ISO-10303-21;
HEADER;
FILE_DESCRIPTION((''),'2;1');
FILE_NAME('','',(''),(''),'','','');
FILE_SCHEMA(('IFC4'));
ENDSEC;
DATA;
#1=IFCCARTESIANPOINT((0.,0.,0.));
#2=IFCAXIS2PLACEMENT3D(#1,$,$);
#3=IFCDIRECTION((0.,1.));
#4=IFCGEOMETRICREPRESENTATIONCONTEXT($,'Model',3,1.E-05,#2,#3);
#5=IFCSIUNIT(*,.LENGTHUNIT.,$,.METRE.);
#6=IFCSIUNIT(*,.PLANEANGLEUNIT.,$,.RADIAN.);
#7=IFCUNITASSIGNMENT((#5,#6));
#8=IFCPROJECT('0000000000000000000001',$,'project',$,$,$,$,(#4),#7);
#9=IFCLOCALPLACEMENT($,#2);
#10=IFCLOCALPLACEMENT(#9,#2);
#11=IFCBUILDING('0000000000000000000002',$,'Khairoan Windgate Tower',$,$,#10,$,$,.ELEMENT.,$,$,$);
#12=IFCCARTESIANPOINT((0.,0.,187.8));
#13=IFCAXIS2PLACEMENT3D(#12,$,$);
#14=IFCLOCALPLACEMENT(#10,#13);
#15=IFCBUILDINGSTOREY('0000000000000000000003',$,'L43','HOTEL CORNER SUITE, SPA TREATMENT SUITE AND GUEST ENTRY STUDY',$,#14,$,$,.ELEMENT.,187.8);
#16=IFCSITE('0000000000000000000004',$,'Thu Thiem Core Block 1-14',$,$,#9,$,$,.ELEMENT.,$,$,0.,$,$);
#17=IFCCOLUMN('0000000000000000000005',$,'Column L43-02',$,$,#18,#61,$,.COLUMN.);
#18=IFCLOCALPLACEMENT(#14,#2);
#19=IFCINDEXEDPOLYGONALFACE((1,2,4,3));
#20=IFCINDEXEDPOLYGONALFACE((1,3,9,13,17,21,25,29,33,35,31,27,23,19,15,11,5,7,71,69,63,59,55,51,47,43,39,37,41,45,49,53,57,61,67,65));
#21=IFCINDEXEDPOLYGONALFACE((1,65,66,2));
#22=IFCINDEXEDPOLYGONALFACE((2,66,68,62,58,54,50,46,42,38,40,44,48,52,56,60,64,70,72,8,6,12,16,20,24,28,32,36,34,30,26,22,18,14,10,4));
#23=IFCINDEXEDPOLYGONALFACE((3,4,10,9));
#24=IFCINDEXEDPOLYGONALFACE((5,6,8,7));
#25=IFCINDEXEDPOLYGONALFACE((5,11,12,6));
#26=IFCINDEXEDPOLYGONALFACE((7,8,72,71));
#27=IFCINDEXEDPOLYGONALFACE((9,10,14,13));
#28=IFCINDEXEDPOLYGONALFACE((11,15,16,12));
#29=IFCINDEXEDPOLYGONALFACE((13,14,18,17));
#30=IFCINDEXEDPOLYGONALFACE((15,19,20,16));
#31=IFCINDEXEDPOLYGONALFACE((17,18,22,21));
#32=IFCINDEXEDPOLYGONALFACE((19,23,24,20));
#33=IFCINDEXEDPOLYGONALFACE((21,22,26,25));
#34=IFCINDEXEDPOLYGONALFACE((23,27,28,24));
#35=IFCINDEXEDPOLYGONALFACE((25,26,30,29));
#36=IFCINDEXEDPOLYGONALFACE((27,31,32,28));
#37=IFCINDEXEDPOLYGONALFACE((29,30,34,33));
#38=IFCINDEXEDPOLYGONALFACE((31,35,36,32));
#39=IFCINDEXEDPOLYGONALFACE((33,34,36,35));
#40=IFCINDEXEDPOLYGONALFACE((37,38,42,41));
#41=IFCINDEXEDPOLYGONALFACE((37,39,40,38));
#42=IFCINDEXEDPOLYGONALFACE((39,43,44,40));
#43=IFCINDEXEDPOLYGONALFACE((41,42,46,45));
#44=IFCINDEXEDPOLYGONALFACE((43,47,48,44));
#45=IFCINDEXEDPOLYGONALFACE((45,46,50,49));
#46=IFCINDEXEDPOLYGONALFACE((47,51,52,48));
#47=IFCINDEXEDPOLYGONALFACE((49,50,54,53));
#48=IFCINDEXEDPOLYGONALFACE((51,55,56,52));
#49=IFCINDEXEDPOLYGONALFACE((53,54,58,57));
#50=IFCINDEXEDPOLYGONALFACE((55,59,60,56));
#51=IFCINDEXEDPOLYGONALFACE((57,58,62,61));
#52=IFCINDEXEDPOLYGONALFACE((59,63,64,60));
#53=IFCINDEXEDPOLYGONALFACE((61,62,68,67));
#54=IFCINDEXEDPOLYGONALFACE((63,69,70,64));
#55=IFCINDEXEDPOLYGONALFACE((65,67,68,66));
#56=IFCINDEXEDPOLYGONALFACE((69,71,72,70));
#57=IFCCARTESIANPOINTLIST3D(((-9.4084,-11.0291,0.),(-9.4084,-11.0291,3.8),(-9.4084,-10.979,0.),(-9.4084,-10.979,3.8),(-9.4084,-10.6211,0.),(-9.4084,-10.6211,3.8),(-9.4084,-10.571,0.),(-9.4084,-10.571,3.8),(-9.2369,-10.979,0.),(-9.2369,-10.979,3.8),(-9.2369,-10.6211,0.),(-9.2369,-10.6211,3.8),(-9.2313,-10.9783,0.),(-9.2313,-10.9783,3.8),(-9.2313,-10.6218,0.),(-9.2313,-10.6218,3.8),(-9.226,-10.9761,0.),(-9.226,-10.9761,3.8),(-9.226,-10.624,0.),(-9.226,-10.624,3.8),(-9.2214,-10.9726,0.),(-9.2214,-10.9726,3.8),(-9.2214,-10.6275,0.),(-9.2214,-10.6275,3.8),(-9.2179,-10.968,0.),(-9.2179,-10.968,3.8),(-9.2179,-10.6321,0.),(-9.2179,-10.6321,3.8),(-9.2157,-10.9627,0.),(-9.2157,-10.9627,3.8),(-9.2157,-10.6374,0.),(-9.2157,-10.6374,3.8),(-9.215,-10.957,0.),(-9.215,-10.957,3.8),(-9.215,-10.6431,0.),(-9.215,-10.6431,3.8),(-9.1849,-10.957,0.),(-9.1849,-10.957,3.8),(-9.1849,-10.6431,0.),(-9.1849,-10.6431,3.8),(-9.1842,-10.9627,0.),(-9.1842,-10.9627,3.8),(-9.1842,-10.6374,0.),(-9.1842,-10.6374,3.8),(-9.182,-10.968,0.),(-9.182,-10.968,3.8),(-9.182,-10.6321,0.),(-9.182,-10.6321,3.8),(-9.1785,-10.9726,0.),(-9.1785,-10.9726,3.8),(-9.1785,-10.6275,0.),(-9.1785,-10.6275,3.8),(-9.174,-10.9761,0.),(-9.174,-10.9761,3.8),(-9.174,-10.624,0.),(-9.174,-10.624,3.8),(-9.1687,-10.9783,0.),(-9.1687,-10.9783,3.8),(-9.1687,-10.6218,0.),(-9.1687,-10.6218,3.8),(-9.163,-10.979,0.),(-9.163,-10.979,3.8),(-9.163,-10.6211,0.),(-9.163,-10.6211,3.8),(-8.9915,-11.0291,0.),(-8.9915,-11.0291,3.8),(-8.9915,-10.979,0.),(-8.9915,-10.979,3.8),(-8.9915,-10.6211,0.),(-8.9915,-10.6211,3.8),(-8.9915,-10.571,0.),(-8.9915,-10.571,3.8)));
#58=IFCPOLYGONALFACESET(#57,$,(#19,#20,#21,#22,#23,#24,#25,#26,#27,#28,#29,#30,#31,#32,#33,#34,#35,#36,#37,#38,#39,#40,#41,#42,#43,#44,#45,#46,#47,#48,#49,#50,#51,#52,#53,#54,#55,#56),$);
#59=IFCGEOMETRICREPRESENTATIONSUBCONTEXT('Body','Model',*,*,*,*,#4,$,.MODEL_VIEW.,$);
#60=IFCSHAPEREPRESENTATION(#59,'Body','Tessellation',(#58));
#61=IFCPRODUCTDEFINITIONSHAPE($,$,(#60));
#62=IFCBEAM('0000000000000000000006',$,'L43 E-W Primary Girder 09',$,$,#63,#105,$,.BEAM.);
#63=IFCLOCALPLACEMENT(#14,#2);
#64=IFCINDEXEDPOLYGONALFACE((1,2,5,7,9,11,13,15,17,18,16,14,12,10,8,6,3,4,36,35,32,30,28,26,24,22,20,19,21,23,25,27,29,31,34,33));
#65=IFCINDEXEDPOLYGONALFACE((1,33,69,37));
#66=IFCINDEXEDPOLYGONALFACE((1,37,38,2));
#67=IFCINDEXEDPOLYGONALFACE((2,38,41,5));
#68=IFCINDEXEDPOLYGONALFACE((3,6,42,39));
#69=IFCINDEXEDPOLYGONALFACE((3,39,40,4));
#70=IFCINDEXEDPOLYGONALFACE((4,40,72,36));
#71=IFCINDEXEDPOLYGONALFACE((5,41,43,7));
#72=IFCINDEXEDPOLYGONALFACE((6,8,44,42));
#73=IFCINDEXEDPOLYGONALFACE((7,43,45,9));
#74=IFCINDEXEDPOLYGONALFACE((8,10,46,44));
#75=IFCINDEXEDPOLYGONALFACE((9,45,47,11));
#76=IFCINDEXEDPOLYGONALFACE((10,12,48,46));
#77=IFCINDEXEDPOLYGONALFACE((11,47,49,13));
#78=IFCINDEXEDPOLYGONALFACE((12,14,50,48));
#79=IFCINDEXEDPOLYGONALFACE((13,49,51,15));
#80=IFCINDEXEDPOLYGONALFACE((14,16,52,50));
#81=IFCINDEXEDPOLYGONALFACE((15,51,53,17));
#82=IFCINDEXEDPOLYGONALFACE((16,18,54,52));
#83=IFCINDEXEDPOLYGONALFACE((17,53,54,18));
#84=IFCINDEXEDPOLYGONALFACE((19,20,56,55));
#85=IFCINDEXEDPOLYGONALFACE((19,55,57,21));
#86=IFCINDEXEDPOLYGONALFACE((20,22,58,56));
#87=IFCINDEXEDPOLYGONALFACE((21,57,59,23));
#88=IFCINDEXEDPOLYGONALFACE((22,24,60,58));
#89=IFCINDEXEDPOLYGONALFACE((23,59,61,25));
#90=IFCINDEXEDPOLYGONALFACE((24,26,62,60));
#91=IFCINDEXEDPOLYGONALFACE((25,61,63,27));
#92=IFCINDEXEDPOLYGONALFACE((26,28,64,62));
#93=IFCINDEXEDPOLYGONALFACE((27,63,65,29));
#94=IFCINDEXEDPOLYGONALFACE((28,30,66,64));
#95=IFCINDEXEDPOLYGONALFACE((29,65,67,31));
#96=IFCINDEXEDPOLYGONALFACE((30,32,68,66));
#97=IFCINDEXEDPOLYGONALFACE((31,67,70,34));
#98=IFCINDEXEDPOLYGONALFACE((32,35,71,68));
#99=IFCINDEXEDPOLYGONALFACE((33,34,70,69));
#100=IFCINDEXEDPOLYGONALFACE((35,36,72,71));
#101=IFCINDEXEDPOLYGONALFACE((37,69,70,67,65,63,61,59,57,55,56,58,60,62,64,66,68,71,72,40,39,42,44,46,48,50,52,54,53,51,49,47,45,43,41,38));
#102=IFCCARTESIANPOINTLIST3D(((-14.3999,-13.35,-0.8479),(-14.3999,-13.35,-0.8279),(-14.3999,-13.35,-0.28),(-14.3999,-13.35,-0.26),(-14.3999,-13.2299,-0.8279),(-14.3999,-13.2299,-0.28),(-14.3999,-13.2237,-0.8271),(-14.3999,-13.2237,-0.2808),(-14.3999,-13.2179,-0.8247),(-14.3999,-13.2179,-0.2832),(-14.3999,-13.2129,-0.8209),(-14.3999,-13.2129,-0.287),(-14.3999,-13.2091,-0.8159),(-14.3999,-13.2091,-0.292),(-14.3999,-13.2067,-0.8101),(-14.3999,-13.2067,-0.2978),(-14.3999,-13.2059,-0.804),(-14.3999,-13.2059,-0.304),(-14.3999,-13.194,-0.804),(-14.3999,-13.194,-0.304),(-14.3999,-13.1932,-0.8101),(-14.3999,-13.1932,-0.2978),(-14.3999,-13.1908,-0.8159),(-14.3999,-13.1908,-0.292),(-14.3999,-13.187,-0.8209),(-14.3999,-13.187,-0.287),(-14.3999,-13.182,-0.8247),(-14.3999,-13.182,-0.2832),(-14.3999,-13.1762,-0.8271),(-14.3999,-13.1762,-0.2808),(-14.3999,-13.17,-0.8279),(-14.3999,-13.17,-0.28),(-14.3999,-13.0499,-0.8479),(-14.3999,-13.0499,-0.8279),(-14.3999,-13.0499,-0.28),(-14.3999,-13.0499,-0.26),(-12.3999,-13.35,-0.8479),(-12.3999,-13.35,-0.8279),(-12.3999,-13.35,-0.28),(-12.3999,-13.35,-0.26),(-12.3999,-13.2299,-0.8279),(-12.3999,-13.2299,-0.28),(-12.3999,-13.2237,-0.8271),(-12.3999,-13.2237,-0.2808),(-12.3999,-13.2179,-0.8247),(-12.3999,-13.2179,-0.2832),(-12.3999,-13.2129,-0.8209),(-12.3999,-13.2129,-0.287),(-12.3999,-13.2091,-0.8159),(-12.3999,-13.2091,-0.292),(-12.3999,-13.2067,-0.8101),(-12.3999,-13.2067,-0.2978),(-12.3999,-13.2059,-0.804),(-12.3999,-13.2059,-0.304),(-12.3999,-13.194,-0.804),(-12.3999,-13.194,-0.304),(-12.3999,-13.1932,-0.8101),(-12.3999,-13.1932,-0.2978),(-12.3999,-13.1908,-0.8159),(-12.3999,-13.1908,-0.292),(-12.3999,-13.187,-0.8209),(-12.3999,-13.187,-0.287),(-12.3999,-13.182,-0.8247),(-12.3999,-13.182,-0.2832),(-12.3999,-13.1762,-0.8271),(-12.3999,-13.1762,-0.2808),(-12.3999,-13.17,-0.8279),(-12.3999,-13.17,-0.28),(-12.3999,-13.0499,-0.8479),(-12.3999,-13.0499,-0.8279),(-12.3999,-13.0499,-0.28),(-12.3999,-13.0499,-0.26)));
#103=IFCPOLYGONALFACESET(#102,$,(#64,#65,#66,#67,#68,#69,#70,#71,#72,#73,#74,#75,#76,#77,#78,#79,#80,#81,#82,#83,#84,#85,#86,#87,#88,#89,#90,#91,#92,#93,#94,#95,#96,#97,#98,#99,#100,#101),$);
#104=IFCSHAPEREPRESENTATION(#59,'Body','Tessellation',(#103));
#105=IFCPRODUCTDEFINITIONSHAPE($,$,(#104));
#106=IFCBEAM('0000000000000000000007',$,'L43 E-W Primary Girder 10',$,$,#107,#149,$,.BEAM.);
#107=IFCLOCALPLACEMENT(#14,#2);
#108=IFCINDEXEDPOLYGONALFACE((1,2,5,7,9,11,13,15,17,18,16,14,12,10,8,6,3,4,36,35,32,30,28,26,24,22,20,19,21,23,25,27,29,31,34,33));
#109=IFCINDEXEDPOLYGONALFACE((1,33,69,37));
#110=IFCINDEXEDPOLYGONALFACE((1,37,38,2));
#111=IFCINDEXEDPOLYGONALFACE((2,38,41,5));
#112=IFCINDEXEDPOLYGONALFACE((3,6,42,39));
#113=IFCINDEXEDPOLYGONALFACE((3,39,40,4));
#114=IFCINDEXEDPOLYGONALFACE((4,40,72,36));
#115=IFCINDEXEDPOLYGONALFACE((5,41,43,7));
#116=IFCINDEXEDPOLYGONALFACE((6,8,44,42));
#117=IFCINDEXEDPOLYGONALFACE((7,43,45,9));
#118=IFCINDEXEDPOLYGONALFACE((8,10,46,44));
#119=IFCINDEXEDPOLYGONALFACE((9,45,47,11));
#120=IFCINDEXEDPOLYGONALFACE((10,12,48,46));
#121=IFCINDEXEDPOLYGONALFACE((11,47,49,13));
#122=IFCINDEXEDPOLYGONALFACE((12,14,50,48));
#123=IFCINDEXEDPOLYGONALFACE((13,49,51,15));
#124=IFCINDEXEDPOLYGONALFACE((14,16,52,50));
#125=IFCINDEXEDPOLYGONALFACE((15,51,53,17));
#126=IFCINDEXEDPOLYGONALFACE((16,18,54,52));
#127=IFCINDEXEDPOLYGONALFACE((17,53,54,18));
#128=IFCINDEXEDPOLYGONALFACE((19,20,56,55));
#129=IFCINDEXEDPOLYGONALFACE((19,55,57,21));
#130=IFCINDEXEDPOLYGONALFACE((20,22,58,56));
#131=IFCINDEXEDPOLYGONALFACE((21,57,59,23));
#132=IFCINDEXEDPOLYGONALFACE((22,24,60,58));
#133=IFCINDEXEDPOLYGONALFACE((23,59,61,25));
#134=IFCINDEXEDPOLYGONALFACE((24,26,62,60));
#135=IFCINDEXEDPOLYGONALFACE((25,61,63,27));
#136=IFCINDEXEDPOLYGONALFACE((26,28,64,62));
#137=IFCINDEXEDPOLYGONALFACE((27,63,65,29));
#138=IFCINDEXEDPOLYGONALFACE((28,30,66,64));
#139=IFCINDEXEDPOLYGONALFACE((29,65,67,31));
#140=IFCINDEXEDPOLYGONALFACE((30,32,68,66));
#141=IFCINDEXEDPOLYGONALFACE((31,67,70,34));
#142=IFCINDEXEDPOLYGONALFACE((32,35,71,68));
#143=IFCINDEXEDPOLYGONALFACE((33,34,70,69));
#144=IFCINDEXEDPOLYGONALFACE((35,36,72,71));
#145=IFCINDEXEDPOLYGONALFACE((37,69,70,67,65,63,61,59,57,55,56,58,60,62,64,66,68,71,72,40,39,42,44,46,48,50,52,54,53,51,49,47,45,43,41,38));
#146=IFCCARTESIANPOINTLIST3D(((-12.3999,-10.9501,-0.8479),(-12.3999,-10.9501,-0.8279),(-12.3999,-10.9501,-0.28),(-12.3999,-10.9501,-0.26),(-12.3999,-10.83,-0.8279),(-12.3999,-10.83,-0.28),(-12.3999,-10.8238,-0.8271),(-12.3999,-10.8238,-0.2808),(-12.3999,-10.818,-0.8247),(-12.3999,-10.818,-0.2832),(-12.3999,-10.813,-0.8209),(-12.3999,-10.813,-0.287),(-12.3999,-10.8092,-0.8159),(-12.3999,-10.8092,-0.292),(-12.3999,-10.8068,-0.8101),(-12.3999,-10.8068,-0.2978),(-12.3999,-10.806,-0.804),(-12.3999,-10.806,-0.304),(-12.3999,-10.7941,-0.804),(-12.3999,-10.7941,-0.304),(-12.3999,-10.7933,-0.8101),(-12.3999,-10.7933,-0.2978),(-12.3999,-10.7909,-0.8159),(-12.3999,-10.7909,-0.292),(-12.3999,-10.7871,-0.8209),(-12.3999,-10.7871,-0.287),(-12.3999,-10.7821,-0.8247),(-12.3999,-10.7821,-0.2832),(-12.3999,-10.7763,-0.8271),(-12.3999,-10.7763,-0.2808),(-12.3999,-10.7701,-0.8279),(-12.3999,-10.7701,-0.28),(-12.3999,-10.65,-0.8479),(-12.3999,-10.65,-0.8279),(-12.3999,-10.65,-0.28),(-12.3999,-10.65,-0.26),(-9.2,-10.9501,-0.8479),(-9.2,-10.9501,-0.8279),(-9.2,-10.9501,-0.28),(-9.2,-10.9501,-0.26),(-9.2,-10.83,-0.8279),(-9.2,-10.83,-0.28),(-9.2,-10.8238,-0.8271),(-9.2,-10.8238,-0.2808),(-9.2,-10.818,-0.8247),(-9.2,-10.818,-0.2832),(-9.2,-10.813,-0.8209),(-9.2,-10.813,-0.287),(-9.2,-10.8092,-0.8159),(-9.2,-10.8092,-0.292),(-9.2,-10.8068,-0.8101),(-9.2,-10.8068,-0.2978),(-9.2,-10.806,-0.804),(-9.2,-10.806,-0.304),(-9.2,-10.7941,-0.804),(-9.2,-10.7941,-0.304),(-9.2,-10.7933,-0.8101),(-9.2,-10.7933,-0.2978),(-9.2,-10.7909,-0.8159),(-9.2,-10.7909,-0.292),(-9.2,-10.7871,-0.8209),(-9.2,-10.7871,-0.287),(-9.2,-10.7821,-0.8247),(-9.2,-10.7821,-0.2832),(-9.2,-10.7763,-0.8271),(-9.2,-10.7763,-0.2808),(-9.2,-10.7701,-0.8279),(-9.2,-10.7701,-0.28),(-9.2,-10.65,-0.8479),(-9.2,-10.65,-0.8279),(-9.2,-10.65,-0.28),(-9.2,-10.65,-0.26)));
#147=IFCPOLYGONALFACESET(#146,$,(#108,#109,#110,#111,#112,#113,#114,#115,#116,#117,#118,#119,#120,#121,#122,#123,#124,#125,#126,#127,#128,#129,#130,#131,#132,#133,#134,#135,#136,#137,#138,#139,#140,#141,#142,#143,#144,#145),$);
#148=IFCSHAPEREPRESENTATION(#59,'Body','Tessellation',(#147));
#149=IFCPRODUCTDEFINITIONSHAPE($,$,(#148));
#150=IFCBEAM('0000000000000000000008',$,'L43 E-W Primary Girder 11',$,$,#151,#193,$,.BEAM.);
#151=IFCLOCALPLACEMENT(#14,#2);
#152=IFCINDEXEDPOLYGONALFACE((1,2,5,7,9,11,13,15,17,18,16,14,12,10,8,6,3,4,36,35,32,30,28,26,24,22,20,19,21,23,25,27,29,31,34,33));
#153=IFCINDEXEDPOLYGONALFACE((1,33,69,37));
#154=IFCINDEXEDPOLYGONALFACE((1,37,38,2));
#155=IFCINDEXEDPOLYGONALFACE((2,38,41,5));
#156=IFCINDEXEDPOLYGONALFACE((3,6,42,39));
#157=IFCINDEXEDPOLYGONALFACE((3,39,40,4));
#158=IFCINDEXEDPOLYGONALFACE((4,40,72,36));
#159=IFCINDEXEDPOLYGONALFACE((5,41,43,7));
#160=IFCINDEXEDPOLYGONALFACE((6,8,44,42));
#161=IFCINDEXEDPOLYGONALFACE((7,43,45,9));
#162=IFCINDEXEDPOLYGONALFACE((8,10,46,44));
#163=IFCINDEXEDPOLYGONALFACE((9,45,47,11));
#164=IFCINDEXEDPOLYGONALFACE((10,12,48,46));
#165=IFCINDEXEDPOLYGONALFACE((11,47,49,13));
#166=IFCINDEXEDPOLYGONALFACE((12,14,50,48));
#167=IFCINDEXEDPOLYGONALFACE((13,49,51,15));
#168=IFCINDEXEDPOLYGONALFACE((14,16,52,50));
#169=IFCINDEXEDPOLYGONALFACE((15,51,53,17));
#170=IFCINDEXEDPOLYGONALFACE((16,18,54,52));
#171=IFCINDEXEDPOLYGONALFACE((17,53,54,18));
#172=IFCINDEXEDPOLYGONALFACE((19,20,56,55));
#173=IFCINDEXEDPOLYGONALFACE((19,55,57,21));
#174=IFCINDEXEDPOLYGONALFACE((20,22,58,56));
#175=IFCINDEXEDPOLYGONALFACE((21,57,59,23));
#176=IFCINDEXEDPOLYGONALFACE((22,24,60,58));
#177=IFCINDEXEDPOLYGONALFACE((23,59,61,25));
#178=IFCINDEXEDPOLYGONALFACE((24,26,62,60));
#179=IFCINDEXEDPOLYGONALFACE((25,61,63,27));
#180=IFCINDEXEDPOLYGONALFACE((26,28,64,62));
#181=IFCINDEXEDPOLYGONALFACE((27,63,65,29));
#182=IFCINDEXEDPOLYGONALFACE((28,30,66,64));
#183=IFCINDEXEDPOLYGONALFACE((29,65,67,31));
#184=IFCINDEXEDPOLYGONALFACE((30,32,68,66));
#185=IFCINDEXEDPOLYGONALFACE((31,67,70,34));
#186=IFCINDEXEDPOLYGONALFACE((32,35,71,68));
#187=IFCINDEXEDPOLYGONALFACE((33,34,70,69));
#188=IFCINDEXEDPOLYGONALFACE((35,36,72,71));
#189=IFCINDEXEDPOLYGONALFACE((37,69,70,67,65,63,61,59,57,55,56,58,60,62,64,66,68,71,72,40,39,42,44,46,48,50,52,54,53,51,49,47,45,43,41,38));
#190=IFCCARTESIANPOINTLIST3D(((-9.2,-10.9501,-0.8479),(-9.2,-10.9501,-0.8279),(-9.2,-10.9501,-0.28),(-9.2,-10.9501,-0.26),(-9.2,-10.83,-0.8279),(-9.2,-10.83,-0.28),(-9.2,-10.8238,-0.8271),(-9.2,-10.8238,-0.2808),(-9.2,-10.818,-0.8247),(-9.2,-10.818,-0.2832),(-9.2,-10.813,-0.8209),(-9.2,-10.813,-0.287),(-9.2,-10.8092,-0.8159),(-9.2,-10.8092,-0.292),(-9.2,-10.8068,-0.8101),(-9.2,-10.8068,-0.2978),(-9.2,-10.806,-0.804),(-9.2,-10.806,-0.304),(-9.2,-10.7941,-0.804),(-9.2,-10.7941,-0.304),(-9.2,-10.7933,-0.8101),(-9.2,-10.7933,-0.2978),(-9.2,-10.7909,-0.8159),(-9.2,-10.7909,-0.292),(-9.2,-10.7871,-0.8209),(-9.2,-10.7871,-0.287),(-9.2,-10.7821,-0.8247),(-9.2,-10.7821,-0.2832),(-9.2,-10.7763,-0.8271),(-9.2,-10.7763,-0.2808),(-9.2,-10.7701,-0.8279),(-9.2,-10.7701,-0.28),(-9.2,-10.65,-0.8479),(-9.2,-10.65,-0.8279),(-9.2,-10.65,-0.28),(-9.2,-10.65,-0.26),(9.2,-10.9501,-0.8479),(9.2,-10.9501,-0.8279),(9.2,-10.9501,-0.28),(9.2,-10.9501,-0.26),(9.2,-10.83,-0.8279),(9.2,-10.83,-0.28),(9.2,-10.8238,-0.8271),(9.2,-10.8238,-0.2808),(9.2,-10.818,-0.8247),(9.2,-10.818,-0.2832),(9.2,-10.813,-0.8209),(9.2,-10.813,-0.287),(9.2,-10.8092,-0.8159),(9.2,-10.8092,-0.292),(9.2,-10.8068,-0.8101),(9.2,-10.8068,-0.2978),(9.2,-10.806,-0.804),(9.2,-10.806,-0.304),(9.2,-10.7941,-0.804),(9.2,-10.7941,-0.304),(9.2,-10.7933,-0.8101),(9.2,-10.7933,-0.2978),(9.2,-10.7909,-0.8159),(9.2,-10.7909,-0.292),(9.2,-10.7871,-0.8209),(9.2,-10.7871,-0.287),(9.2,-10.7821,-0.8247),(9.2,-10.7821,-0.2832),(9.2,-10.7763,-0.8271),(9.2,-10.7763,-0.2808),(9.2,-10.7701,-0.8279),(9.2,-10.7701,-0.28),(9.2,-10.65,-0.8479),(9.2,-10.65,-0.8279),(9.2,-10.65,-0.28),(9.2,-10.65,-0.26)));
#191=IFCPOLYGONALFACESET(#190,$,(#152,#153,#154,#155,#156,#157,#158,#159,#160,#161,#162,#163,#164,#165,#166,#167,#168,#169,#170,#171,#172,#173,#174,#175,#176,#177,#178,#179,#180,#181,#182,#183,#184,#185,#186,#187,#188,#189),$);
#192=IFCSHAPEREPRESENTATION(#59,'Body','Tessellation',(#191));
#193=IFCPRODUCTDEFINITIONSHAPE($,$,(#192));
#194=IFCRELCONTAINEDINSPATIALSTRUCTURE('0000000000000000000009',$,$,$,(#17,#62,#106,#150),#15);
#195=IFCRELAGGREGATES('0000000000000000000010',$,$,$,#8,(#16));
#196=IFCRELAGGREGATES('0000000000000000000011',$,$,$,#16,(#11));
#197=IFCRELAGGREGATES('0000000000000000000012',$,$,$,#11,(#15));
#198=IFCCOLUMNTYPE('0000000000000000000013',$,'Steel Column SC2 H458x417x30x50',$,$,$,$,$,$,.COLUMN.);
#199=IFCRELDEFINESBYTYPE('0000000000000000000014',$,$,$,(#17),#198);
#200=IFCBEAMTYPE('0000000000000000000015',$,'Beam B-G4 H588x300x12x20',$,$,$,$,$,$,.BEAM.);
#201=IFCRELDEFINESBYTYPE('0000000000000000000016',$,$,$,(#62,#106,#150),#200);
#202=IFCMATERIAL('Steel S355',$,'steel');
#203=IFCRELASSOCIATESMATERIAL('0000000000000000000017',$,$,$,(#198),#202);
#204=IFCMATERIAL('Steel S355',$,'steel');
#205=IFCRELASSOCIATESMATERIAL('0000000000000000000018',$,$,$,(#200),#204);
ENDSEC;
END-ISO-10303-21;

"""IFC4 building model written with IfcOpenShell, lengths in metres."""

from ifc_helpers import new_model, si_unit, direction, frame, origin, origin_2d, place, context, subcontext, project, spatial, i_section, extrude, material, material_profile, profile_set, type_object, element, save


model = new_model("IFC4")

# Units and contexts
model_context = context("Model", 3, precision=1e-05, world=origin(), true_north=direction((0.0, 1.0)))
body_context = subcontext(model_context, "Body", "Model", "MODEL_VIEW")
ifc_project = project(units=[si_unit("LENGTHUNIT", "METRE"), si_unit("PLANEANGLEUNIT", "RADIAN")], contexts=[model_context])

# Site, building, storey
site_placement = place(None, origin())
site = spatial("IfcSite", under=ifc_project, at=site_placement, Name="Thu Thiem Core Block 1-14", CompositionType="ELEMENT", RefElevation=0.0)
building_placement = place(site_placement, origin())
building = spatial("IfcBuilding", under=site, at=building_placement, Name="Khairoan Windgate Tower", CompositionType="ELEMENT")
storey_placement = place(building_placement, frame((0.0, 0.0, 187.8)))
storey = spatial("IfcBuildingStorey", under=building, at=storey_placement, Name="L43", Description="HOTEL CORNER SUITE, SPA TREATMENT SUITE AND GUEST ENTRY STUDY", CompositionType="ELEMENT", Elevation=187.8)

# Column
ifc_material_1 = material(Name="Steel S355", Category="steel")
ifc_material_profile_1 = material_profile(ifc_material_1, i_section(OverallWidth=0.417, OverallDepth=0.458, WebThickness=0.03, FlangeThickness=0.05, FilletRadius=0.022, at=origin_2d()))
ifc_profile_set_1 = profile_set([ifc_material_profile_1], Name="Steel S355")
column_type = type_object("IfcColumnType", Name="Steel Column SC2 H458x417x30x50", PredefinedType="COLUMN", material=ifc_profile_set_1)
column_placement = place(storey_placement, frame((-9.2, -10.8, 0.0), z_axis=(0.0, 0.0, 1.0), x_axis=(1.0, 0.0, 0.0)))
element("IfcColumn", 1, at=column_placement, inside=storey, type_object=column_type, Name="Column L43-02", PredefinedType="COLUMN", context=body_context, shape_type="SweptSolid", body=[
    extrude(i_section(OverallWidth=0.417, OverallDepth=0.458, WebThickness=0.03, FlangeThickness=0.05, FilletRadius=0.022, at=origin_2d()), origin(), (0.0, 0.0, 1.0), 3.8),
])

# Beams
ifc_material_2 = material(Name="Steel S355", Category="steel")
ifc_material_profile_2 = material_profile(ifc_material_2, i_section(OverallWidth=0.3, OverallDepth=0.5879, WebThickness=0.012, FlangeThickness=0.02, FilletRadius=0.0239, at=origin_2d()))
ifc_profile_set_2 = profile_set([ifc_material_profile_2], Name="Steel S355")
beam_type_1 = type_object("IfcBeamType", Name="Beam B-G4 H588x300x12x20", PredefinedType="BEAM", material=ifc_profile_set_2)
beam_1_placement = place(storey_placement, frame((-14.3999, -13.2, -0.554), z_axis=(1.0, 0.0, 0.0), x_axis=(0.0, 1.0, 0.0)))
element("IfcBeam", 2, at=beam_1_placement, inside=storey, type_object=beam_type_1, Name="L43 E-W Primary Girder 09", PredefinedType="BEAM", context=body_context, shape_type="SweptSolid", body=[
    extrude(i_section(OverallWidth=0.3, OverallDepth=0.5879, WebThickness=0.012, FlangeThickness=0.02, FilletRadius=0.0239, at=origin_2d()), origin(), (0.0, 0.0, 1.0), 2.0),
])
beam_2_placement = place(storey_placement, frame((-12.3999, -10.8, -0.554), z_axis=(1.0, 0.0, 0.0), x_axis=(0.0, 1.0, 0.0)))
element("IfcBeam", 3, at=beam_2_placement, inside=storey, type_object=beam_type_1, Name="L43 E-W Primary Girder 10", PredefinedType="BEAM", context=body_context, shape_type="SweptSolid", body=[
    extrude(i_section(OverallWidth=0.3, OverallDepth=0.5879, WebThickness=0.012, FlangeThickness=0.02, FilletRadius=0.0239, at=origin_2d()), origin(), (0.0, 0.0, 1.0), 3.2),
])
beam_3_placement = place(storey_placement, frame((-9.2, -10.8, -0.554), z_axis=(1.0, 0.0, 0.0), x_axis=(0.0, 1.0, 0.0)))
element("IfcBeam", 4, at=beam_3_placement, inside=storey, type_object=beam_type_1, Name="L43 E-W Primary Girder 11", PredefinedType="BEAM", context=body_context, shape_type="SweptSolid", body=[
    extrude(i_section(OverallWidth=0.3, OverallDepth=0.5879, WebThickness=0.012, FlangeThickness=0.02, FilletRadius=0.0239, at=origin_2d()), origin(), (0.0, 0.0, 1.0), 18.3999),
])

save(model, "model.ifc")
